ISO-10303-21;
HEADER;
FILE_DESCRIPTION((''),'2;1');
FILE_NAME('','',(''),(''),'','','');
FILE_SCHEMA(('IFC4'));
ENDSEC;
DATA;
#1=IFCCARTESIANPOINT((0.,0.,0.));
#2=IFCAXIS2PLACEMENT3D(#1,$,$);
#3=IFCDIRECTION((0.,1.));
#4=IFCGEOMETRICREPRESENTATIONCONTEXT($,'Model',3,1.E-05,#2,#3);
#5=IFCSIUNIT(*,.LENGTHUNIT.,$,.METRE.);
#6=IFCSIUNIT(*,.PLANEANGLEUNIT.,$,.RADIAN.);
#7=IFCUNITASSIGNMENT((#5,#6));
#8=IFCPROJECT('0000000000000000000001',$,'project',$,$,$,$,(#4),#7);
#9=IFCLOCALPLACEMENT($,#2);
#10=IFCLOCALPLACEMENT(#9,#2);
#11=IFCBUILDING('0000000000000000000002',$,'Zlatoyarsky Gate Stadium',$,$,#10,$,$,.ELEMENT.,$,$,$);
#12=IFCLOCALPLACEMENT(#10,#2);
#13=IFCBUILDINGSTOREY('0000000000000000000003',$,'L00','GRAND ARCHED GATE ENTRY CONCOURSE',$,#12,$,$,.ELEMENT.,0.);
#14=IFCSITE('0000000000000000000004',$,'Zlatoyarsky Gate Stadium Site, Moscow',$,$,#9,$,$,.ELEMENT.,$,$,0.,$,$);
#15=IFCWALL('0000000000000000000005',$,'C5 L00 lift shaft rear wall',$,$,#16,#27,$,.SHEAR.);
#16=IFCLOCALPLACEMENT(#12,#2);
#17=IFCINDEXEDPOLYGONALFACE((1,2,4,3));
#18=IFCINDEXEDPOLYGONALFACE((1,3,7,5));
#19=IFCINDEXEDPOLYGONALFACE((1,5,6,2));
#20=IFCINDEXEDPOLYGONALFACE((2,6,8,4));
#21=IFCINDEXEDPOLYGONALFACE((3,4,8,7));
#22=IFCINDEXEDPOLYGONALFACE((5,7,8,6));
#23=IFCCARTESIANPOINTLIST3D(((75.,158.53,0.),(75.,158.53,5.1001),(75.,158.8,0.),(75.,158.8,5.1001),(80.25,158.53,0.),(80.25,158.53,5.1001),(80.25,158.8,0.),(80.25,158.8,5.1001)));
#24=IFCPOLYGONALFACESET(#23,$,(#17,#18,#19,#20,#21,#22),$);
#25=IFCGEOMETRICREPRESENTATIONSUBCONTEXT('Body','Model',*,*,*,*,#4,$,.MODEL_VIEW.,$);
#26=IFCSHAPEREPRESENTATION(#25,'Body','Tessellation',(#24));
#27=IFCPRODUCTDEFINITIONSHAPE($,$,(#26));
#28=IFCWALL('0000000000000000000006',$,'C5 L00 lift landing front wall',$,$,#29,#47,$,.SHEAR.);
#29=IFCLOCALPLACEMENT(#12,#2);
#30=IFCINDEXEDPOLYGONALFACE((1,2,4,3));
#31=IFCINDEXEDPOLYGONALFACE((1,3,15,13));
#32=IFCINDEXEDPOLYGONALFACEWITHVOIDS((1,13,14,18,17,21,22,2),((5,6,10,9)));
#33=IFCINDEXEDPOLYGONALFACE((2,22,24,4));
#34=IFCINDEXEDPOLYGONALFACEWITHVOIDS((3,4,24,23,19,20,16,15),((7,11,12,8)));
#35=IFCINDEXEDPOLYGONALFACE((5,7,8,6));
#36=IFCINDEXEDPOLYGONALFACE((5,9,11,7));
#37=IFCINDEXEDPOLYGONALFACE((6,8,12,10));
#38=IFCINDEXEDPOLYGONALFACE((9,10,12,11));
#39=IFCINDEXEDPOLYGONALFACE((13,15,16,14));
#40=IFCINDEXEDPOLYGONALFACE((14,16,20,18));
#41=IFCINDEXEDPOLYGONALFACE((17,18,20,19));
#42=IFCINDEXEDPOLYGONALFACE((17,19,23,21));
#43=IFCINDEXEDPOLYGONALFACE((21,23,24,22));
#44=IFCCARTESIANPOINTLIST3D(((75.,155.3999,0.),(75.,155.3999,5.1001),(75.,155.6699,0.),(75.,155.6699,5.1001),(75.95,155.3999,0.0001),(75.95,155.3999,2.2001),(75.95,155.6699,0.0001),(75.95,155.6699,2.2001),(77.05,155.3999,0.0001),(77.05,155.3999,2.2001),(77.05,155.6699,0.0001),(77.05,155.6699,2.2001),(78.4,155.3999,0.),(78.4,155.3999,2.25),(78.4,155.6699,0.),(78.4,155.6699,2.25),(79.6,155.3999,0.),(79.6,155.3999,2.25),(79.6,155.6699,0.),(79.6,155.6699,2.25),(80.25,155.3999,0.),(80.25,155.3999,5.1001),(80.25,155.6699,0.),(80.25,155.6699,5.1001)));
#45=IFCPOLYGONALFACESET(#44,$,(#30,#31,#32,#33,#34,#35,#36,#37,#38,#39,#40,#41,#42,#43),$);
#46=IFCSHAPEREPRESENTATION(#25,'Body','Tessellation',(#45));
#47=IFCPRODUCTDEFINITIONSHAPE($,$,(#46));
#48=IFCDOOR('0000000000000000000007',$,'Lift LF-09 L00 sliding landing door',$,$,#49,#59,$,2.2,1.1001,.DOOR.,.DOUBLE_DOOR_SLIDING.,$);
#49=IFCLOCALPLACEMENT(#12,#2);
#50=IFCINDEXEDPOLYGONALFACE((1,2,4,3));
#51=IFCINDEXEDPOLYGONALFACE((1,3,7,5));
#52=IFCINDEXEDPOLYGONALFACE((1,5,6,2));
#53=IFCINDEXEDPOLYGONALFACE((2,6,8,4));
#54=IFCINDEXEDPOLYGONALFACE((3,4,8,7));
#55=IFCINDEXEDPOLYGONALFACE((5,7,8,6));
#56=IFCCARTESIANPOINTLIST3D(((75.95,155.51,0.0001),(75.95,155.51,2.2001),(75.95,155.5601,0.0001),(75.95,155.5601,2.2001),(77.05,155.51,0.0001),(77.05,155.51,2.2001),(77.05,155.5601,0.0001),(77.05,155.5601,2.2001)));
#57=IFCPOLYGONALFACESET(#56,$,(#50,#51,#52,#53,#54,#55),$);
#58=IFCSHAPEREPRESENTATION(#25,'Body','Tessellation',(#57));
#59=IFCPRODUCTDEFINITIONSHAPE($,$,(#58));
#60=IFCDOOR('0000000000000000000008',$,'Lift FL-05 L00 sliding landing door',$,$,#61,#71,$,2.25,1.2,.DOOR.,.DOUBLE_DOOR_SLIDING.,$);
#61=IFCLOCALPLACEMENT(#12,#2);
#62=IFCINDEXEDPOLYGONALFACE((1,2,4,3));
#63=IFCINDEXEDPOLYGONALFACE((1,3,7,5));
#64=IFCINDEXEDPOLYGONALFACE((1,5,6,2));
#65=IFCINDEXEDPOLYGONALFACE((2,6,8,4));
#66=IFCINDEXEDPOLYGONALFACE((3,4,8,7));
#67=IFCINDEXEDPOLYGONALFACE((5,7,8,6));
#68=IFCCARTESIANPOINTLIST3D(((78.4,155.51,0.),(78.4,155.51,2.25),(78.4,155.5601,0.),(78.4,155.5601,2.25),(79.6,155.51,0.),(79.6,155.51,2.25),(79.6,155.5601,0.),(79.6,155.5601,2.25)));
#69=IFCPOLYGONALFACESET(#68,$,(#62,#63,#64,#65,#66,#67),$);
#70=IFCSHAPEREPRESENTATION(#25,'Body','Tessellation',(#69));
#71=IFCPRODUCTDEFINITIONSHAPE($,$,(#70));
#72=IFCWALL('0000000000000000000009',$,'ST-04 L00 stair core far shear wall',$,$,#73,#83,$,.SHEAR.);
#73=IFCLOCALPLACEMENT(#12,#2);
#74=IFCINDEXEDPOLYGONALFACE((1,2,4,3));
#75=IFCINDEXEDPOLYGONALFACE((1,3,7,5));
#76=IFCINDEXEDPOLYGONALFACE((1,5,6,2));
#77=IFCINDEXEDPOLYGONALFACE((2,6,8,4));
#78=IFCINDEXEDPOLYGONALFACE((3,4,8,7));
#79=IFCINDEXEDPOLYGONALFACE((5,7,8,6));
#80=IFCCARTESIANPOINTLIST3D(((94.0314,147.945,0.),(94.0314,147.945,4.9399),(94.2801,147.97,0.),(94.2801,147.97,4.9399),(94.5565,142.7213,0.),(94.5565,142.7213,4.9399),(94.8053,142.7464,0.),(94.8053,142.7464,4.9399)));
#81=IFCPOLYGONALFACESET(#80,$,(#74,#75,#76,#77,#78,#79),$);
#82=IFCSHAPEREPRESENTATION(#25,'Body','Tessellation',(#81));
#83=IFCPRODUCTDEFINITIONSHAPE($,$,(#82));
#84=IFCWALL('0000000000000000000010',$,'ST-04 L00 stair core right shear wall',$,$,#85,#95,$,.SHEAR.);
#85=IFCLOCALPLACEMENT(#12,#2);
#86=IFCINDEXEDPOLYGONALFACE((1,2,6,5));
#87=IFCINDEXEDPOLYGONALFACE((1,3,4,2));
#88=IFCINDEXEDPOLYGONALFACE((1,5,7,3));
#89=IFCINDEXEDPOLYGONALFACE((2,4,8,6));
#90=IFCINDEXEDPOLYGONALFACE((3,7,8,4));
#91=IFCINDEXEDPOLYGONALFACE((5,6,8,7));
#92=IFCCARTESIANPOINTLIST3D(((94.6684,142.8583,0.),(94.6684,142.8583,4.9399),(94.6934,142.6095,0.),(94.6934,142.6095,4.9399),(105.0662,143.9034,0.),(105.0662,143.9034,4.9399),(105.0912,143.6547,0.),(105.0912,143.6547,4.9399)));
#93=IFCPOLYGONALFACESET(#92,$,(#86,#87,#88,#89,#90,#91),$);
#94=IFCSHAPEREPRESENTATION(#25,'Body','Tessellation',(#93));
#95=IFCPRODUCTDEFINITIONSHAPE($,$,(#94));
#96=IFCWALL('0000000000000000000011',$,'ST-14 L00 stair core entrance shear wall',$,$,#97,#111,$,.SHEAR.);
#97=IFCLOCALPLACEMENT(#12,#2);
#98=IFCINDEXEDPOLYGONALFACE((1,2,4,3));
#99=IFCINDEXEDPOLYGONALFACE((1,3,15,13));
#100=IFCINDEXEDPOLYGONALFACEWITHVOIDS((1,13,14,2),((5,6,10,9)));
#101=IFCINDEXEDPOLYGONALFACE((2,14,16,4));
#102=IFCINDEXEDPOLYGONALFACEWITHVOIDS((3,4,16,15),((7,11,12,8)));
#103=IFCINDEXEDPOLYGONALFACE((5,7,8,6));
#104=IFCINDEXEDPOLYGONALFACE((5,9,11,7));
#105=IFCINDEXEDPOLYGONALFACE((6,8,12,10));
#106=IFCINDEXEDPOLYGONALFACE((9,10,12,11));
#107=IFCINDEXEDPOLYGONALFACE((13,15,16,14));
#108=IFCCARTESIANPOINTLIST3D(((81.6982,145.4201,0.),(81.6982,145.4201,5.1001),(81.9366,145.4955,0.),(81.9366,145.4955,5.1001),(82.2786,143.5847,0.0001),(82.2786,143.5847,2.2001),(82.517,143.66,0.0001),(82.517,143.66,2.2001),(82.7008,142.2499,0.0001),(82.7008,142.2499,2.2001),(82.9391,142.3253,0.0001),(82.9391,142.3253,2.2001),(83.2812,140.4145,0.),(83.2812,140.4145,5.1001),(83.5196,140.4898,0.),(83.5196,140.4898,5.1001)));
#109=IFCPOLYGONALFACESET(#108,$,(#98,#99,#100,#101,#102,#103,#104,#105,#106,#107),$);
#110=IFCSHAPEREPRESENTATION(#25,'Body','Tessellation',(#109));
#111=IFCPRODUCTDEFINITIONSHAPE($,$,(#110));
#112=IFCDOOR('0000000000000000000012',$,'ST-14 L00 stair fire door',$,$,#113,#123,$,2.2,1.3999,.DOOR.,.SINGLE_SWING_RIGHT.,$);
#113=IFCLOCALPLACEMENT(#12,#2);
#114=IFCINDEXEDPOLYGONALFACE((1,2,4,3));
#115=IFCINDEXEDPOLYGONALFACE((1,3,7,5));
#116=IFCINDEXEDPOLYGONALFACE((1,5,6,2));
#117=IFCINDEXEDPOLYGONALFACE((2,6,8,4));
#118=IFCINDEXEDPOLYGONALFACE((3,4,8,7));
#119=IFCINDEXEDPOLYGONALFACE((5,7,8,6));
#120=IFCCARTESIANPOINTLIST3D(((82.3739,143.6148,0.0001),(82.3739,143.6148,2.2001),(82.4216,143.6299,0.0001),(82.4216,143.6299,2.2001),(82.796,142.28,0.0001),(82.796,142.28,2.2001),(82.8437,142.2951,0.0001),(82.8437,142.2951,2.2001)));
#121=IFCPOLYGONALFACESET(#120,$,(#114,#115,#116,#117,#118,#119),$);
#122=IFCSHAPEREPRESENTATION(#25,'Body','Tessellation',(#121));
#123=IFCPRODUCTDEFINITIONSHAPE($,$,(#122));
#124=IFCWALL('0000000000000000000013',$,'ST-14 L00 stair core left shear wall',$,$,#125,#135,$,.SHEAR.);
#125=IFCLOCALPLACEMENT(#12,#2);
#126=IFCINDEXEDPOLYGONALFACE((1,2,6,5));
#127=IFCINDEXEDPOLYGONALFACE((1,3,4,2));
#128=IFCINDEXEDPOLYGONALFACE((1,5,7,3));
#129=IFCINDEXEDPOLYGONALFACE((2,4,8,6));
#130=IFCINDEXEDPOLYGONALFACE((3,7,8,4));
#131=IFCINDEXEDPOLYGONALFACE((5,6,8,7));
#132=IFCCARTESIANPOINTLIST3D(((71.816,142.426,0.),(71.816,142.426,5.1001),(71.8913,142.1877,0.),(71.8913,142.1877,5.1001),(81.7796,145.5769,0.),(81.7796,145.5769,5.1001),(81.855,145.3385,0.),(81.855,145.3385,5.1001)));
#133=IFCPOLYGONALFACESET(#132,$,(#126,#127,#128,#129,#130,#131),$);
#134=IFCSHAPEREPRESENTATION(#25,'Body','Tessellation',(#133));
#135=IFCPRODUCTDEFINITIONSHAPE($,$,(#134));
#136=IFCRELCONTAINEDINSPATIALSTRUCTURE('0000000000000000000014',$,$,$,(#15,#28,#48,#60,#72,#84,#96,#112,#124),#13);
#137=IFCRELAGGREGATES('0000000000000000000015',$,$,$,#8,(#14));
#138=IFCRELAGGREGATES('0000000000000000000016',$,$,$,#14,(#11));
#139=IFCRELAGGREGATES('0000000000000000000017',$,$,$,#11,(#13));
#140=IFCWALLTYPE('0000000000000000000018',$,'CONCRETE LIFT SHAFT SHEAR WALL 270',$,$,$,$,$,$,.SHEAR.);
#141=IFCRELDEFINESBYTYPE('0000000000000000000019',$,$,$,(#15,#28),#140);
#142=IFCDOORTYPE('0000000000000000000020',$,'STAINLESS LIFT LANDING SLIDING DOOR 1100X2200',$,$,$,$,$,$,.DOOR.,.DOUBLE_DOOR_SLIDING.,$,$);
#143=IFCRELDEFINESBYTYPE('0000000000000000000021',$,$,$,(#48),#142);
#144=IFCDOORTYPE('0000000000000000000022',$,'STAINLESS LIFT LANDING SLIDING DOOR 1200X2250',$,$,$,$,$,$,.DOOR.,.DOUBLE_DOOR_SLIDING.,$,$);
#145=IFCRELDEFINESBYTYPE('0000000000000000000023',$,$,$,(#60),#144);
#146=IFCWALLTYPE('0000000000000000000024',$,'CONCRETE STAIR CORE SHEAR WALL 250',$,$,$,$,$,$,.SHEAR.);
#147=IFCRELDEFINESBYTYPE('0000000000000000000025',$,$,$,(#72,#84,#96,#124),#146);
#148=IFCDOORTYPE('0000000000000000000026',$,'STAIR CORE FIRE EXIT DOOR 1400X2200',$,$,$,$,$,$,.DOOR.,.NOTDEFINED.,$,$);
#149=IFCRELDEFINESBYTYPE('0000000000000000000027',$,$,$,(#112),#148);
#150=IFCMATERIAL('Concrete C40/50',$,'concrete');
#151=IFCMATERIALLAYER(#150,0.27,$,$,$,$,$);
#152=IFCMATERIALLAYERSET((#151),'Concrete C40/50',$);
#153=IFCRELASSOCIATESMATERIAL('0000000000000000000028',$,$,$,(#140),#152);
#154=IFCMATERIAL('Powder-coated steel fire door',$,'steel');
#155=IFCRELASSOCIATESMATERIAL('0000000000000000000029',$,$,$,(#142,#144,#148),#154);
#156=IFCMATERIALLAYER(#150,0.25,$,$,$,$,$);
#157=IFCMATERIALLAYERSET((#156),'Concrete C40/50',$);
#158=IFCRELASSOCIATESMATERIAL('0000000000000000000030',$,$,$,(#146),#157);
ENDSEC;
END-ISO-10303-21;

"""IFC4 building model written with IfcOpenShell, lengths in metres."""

from ifc_helpers import new_model, si_unit, direction, frame, frame_2d, origin, place, context, subcontext, project, spatial, rectangle, extrude, material, layer, layer_set, type_object, element, fill, save


model = new_model("IFC4")

# Units and contexts
model_context = context("Model", 3, precision=1e-05, world=origin(), true_north=direction((0.0, 1.0)))
body_context = subcontext(model_context, "Body", "Model", "MODEL_VIEW")
ifc_project = project(units=[si_unit("LENGTHUNIT", "METRE"), si_unit("PLANEANGLEUNIT", "RADIAN")], contexts=[model_context])

# Site, building, storey
site_placement = place(None, origin())
site = spatial("IfcSite", under=ifc_project, at=site_placement, Name="Zlatoyarsky Gate Stadium Site, Moscow", CompositionType="ELEMENT", RefElevation=0.0)
building_placement = place(site_placement, origin())
building = spatial("IfcBuilding", under=site, at=building_placement, Name="Zlatoyarsky Gate Stadium", CompositionType="ELEMENT")
storey_placement = place(building_placement, origin())
storey = spatial("IfcBuildingStorey", under=building, at=storey_placement, Name="L00", Description="GRAND ARCHED GATE ENTRY CONCOURSE", CompositionType="ELEMENT", Elevation=0.0)

# Shared definitions
ifc_material_1 = material(Name="Concrete C40/50", Category="concrete")

# Wall
ifc_layer_1 = layer(ifc_material_1, 0.27)
ifc_layer_set_1 = layer_set([ifc_layer_1], Name="Concrete C40/50")
wall_type_1 = type_object("IfcWallType", Name="CONCRETE LIFT SHAFT SHEAR WALL 270", PredefinedType="SHEAR", material=ifc_layer_set_1)
wall_1_placement = place(storey_placement, frame((80.25, 158.665, 0.0), z_axis=(0.0, 0.0, 1.0), x_axis=(-1.0, 0.0, 0.0)))
element("IfcWall", 1, at=wall_1_placement, inside=storey, type_object=wall_type_1, Name="C5 L00 lift shaft rear wall", PredefinedType="SHEAR", context=body_context, shape_type="SweptSolid", body=[
    extrude(rectangle(XDim=5.25, YDim=0.27, at=frame_2d((2.625, 0.0))), origin(), (0.0, 0.0, 1.0), 5.1001),
])

# Wall, openings, doors
wall_2_placement = place(storey_placement, frame((80.25, 155.5349, 0.0), z_axis=(0.0, 0.0, 1.0), x_axis=(-1.0, 0.0, 0.0)))
wall_2 = element("IfcWall", 2, at=wall_2_placement, inside=storey, type_object=wall_type_1, Name="C5 L00 lift landing front wall", PredefinedType="SHEAR", context=body_context, shape_type="SweptSolid", body=[
    extrude(rectangle(XDim=5.25, YDim=0.27, at=frame_2d((2.625, 0.0))), origin(), (0.0, 0.0, 1.0), 5.1001),
])
opening_1_placement = place(wall_2_placement, frame((0.6499, 0.0, 0.0)))
opening_1 = element("IfcOpeningElement", 3, at=opening_1_placement, cuts=wall_2, PredefinedType="OPENING", context=body_context, shape_type="SweptSolid", body=[
    extrude(rectangle(XDim=1.2, YDim=2.25, at=frame_2d((0.6001, 1.125))), frame((0.0, 0.145, 0.0), z_axis=(0.0, -1.0, 0.0), x_axis=(1.0, 0.0, 0.0)), (0.0, 0.0, 1.0), 0.29),
])
opening_2_placement = place(wall_2_placement, frame((3.2, 0.0, 0.0)))
opening_2 = element("IfcOpeningElement", 4, at=opening_2_placement, cuts=wall_2, PredefinedType="OPENING", context=body_context, shape_type="SweptSolid", body=[
    extrude(rectangle(XDim=1.1001, YDim=2.2, at=frame_2d((0.55, 1.1001))), frame((0.0, 0.145, 0.0), z_axis=(0.0, -1.0, 0.0), x_axis=(1.0, 0.0, 0.0)), (0.0, 0.0, 1.0), 0.29),
])
ifc_material_2 = material(Name="Powder-coated steel fire door", Category="steel")
door_type_1 = type_object("IfcDoorType", Name="STAINLESS LIFT LANDING SLIDING DOOR 1100X2200", OperationType="DOUBLE_DOOR_SLIDING", PredefinedType="DOOR", material=ifc_material_2)
door_1_placement = place(opening_2_placement, origin())
door_1 = element("IfcDoor", 5, at=door_1_placement, inside=storey, type_object=door_type_1, Name="Lift LF-09 L00 sliding landing door", OperationType="DOUBLE_DOOR_SLIDING", OverallHeight=2.2, OverallWidth=1.1001, PredefinedType="DOOR", context=body_context, shape_type="SweptSolid", body=[
    extrude(rectangle(XDim=1.1001, YDim=2.2, at=frame_2d((0.55, 1.1001))), frame((0.0, 0.0249, 0.0), z_axis=(0.0, -1.0, 0.0), x_axis=(1.0, 0.0, 0.0)), (0.0, 0.0, 1.0), 0.05),
])
fill(opening_2, door_1)
door_type_2 = type_object("IfcDoorType", Name="STAINLESS LIFT LANDING SLIDING DOOR 1200X2250", OperationType="DOUBLE_DOOR_SLIDING", PredefinedType="DOOR", material=ifc_material_2)
door_2_placement = place(opening_1_placement, origin())
door_2 = element("IfcDoor", 6, at=door_2_placement, inside=storey, type_object=door_type_2, Name="Lift FL-05 L00 sliding landing door", OperationType="DOUBLE_DOOR_SLIDING", OverallHeight=2.25, OverallWidth=1.2, PredefinedType="DOOR", context=body_context, shape_type="SweptSolid", body=[
    extrude(rectangle(XDim=1.2, YDim=2.25, at=frame_2d((0.6001, 1.125))), frame((0.0, 0.0249, 0.0), z_axis=(0.0, -1.0, 0.0), x_axis=(1.0, 0.0, 0.0)), (0.0, 0.0, 1.0), 0.05),
])
fill(opening_1, door_2)

# Walls
ifc_layer_2 = layer(ifc_material_1, 0.25)
ifc_layer_set_2 = layer_set([ifc_layer_2], Name="Concrete C40/50")
wall_type_2 = type_object("IfcWallType", Name="CONCRETE STAIR CORE SHEAR WALL 250", PredefinedType="SHEAR", material=ifc_layer_set_2)
wall_3_placement = place(storey_placement, frame((94.1558, 147.9575, 0.0), z_axis=(0.0, 0.0, 1.0), x_axis=(0.100029, -0.994985, 0.0)))
element("IfcWall", 7, at=wall_3_placement, inside=storey, type_object=wall_type_2, Name="ST-04 L00 stair core far shear wall", PredefinedType="SHEAR", context=body_context, shape_type="SweptSolid", body=[
    extrude(rectangle(XDim=5.25, YDim=0.25, at=frame_2d((2.625, 0.0))), origin(), (0.0, 0.0, 1.0), 4.9399),
])
wall_4_placement = place(storey_placement, frame((94.6809, 142.7339, 0.0), z_axis=(0.0, 0.0, 1.0), x_axis=(0.994986, 0.100015, 0.0)))
element("IfcWall", 8, at=wall_4_placement, inside=storey, type_object=wall_type_2, Name="ST-04 L00 stair core right shear wall", PredefinedType="SHEAR", context=body_context, shape_type="SweptSolid", body=[
    extrude(rectangle(XDim=10.4502, YDim=0.25, at=frame_2d((5.2251, 0.0))), origin(), (0.0, 0.0, 1.0), 4.9399),
])

# Wall, opening, door
wall_5_placement = place(storey_placement, frame((83.4004, 140.4521, 0.0), z_axis=(0.0, 0.0, 1.0), x_axis=(-0.301527, 0.953457, 0.0)))
wall_5 = element("IfcWall", 9, at=wall_5_placement, inside=storey, type_object=wall_type_2, Name="ST-14 L00 stair core entrance shear wall", PredefinedType="SHEAR", context=body_context, shape_type="SweptSolid", body=[
    extrude(rectangle(XDim=5.25, YDim=0.25, at=frame_2d((2.625, 0.0))), origin(), (0.0, 0.0, 1.0), 5.1001),
])
opening_3_placement = place(wall_5_placement, frame((1.925, 0.0, 0.0)))
opening_3 = element("IfcOpeningElement", 10, at=opening_3_placement, cuts=wall_5, PredefinedType="OPENING", context=body_context, shape_type="SweptSolid", body=[
    extrude(rectangle(XDim=1.3999, YDim=2.2, at=frame_2d((0.7, 1.1001))), frame((0.0, 0.135, 0.0), z_axis=(0.0, -1.0, 0.0), x_axis=(1.0, 0.0, 0.0)), (0.0, 0.0, 1.0), 0.27),
])
door_type_3 = type_object("IfcDoorType", Name="STAIR CORE FIRE EXIT DOOR 1400X2200", OperationType="NOTDEFINED", PredefinedType="DOOR", material=ifc_material_2)
door_3_placement = place(opening_3_placement, frame((1.3999, 0.0, 0.0), z_axis=(0.0, 0.0, 1.0), x_axis=(-1.0, 0.0, 0.0)))
door_3 = element("IfcDoor", 11, at=door_3_placement, inside=storey, type_object=door_type_3, Name="ST-14 L00 stair fire door", OperationType="SINGLE_SWING_RIGHT", OverallHeight=2.2, OverallWidth=1.3999, PredefinedType="DOOR", context=body_context, shape_type="SweptSolid", body=[
    extrude(rectangle(XDim=1.3999, YDim=2.2, at=frame_2d((0.7, 1.1001))), frame((0.0, 0.0249, 0.0), z_axis=(0.0, -1.0, 0.0), x_axis=(1.0, 0.0, 0.0)), (0.0, 0.0, 1.0), 0.05),
])
fill(opening_3, door_3)

# Wall
wall_6_placement = place(storey_placement, frame((81.8174, 145.4578, 0.0), z_axis=(0.0, 0.0, 1.0), x_axis=(-0.95346, -0.30152, 0.0)))
element("IfcWall", 12, at=wall_6_placement, inside=storey, type_object=wall_type_2, Name="ST-14 L00 stair core left shear wall", PredefinedType="SHEAR", context=body_context, shape_type="SweptSolid", body=[
    extrude(rectangle(XDim=10.45, YDim=0.25, at=frame_2d((5.2251, 0.0))), origin(), (0.0, 0.0, 1.0), 5.1001),
])

save(model, "model.ifc")
